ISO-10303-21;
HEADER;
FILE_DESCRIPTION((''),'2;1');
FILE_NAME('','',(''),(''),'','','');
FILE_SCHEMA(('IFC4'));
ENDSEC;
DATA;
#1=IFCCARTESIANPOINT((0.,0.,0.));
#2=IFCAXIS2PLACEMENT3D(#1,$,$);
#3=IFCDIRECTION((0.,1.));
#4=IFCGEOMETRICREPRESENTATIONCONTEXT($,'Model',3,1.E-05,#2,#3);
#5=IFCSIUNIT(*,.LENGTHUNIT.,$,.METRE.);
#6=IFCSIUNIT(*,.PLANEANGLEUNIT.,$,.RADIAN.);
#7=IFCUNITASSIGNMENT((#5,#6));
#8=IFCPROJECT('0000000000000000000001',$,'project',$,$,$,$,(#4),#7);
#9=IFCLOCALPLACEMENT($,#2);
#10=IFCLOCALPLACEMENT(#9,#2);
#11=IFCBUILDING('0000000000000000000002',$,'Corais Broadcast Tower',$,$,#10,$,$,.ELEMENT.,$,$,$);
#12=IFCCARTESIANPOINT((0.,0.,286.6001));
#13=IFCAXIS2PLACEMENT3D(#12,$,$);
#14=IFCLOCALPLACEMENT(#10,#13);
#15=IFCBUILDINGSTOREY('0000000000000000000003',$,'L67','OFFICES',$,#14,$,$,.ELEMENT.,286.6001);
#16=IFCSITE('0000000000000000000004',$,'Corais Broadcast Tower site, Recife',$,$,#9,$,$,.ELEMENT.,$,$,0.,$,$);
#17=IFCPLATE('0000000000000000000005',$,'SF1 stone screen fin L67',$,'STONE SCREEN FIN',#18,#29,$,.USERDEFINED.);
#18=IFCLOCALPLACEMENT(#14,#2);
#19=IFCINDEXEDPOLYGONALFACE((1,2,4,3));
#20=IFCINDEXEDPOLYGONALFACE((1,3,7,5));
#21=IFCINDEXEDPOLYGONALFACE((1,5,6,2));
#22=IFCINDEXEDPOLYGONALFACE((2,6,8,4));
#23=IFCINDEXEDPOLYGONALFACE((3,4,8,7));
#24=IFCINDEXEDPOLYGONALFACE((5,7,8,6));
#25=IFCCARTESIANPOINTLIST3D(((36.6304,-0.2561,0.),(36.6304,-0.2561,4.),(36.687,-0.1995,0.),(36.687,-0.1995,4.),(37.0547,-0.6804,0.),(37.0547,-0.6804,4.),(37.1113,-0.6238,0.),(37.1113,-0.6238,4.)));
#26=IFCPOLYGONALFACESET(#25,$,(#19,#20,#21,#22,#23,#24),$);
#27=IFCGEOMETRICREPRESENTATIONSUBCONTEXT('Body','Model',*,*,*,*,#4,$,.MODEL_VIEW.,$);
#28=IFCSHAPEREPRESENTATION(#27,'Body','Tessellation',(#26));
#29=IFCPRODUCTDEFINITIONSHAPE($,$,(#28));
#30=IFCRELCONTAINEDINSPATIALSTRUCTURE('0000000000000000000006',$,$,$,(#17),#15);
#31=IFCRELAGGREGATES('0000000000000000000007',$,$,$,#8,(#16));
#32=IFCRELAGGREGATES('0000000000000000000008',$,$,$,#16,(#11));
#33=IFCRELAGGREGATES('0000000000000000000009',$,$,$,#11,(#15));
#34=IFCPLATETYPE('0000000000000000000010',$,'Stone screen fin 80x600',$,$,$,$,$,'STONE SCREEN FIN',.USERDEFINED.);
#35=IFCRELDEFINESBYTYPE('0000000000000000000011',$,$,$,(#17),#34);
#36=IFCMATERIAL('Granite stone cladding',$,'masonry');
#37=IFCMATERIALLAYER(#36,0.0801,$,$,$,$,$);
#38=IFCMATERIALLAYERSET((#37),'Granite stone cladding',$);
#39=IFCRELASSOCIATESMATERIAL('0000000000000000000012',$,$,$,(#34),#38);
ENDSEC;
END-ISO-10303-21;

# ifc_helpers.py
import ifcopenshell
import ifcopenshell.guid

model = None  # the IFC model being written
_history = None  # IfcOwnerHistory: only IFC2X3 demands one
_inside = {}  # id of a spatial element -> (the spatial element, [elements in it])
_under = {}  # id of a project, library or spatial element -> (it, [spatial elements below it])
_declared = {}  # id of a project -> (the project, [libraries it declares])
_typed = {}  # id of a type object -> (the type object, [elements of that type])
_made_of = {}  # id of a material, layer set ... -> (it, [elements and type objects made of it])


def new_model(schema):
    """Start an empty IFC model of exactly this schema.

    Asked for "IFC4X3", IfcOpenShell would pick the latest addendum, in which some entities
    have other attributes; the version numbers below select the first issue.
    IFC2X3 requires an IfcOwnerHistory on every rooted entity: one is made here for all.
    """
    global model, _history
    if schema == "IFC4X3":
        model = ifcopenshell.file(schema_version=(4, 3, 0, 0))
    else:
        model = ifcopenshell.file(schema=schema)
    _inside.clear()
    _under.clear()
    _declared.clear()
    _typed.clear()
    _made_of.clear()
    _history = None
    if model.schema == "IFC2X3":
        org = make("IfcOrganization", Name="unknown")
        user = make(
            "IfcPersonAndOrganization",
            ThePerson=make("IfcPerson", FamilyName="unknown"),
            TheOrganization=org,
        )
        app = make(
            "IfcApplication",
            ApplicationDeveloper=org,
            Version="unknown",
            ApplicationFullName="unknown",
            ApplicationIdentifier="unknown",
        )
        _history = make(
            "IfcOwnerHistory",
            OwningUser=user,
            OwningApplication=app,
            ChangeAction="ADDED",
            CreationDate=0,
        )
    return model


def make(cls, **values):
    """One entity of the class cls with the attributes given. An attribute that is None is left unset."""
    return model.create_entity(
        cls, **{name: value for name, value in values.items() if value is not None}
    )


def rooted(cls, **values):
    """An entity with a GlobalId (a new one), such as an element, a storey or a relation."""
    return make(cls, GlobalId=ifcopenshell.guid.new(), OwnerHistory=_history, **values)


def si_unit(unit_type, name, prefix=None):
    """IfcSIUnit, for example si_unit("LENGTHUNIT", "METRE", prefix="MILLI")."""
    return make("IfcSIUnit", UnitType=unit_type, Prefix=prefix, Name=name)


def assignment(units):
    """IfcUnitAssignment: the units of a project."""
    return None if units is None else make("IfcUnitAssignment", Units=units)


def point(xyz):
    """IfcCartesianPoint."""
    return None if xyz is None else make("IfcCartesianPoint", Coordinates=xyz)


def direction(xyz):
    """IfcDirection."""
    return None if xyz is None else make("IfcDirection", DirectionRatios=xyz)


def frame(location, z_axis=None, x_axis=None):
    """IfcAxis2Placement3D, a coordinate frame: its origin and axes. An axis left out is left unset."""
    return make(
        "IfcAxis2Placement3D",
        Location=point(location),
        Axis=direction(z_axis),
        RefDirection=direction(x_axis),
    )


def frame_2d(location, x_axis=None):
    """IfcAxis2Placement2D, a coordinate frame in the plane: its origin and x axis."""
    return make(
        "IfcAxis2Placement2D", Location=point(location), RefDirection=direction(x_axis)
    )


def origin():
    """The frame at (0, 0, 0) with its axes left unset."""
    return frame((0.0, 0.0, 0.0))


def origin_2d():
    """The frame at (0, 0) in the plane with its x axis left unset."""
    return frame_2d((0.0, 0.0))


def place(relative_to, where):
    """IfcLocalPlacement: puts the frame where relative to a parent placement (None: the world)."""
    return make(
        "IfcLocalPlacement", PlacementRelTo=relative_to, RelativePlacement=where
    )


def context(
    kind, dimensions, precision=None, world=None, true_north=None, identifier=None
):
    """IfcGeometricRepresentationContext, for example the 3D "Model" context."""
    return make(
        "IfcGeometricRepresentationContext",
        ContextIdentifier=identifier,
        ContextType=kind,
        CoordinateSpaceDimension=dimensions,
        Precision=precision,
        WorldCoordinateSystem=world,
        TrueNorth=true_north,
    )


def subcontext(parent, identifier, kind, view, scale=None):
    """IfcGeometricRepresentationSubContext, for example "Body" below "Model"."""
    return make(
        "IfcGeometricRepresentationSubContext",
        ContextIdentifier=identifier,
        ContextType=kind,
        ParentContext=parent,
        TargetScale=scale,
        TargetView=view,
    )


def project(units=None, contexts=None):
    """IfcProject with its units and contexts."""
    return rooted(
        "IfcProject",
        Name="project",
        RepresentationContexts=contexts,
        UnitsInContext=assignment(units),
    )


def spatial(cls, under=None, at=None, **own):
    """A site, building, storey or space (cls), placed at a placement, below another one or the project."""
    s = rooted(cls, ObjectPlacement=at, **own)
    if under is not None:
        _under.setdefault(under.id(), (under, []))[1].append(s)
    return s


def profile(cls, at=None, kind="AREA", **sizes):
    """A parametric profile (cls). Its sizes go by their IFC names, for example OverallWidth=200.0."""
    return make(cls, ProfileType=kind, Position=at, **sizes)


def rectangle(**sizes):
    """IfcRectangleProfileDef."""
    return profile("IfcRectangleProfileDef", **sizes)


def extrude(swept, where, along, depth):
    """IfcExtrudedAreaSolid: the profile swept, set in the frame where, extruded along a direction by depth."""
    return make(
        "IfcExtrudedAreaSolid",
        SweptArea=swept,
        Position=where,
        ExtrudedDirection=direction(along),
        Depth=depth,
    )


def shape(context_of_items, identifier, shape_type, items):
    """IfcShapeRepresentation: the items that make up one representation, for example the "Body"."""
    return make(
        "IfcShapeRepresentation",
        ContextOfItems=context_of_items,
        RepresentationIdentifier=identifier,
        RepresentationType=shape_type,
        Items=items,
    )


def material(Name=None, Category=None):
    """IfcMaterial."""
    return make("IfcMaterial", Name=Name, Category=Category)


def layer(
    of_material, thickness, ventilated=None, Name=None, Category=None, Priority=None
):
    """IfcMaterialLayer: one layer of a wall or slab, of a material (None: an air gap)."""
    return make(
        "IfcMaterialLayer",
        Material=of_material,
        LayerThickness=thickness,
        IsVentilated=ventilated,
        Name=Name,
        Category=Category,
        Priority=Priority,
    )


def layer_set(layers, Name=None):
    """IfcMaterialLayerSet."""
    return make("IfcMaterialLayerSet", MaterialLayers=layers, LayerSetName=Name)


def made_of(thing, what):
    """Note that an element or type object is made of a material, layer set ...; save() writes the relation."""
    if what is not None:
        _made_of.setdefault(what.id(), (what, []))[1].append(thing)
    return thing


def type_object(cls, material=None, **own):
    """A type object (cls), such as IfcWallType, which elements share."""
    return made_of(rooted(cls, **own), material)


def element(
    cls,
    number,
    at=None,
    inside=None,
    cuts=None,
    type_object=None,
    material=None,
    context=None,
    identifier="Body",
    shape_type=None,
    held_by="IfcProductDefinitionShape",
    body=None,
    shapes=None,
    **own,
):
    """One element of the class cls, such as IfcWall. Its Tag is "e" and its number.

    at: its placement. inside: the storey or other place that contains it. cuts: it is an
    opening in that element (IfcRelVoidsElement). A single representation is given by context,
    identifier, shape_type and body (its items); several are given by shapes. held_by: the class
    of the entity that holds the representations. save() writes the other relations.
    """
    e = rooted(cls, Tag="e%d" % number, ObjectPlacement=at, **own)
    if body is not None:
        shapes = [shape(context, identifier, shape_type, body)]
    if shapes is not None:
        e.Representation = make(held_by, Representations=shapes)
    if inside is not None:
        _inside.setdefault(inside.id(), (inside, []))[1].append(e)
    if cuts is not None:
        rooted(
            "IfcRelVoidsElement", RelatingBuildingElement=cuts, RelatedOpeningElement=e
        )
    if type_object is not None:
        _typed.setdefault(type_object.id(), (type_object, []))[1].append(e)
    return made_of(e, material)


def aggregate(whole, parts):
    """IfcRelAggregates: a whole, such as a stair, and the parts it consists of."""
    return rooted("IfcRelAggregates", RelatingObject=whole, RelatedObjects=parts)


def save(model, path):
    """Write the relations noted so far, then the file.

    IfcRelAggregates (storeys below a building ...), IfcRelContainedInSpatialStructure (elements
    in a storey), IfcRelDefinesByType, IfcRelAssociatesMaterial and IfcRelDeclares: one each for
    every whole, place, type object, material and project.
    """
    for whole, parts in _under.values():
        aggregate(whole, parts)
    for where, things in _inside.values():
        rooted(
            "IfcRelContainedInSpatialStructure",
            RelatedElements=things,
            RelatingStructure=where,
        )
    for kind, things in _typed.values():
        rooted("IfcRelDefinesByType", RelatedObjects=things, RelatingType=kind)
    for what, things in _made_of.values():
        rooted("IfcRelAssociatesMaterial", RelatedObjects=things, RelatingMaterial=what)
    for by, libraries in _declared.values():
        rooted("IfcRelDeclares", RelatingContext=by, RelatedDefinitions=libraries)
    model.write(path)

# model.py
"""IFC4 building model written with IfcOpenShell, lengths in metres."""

from ifc_helpers import new_model, si_unit, direction, frame, origin, origin_2d, place, context, subcontext, project, spatial, rectangle, extrude, material, layer, layer_set, type_object, element, save


model = new_model("IFC4")

# Units and contexts
model_context = context("Model", 3, precision=1e-05, world=origin(), true_north=direction((0.0, 1.0)))
body_context = subcontext(model_context, "Body", "Model", "MODEL_VIEW")
ifc_project = project(units=[si_unit("LENGTHUNIT", "METRE"), si_unit("PLANEANGLEUNIT", "RADIAN")], contexts=[model_context])

# Site, building, storey
site_placement = place(None, origin())
site = spatial("IfcSite", under=ifc_project, at=site_placement, Name="Corais Broadcast Tower site, Recife", CompositionType="ELEMENT", RefElevation=0.0)
building_placement = place(site_placement, origin())
building = spatial("IfcBuilding", under=site, at=building_placement, Name="Corais Broadcast Tower", CompositionType="ELEMENT")
storey_placement = place(building_placement, frame((0.0, 0.0, 286.6001)))
storey = spatial("IfcBuildingStorey", under=building, at=storey_placement, Name="L67", Description="OFFICES", CompositionType="ELEMENT", Elevation=286.6001)

# Plate
ifc_material_1 = material(Name="Granite stone cladding", Category="masonry")
ifc_layer_1 = layer(ifc_material_1, 0.0801)
ifc_layer_set_1 = layer_set([ifc_layer_1], Name="Granite stone cladding")
plate_type_1 = type_object("IfcPlateType", Name="Stone screen fin 80x600", ElementType="STONE SCREEN FIN", PredefinedType="USERDEFINED", material=ifc_layer_set_1)
plate_1_placement = place(storey_placement, frame((36.8708, -0.4399, 0.0), z_axis=(0.0, 0.0, 1.0), x_axis=(-0.707107, -0.707107, 0.0)))
element("IfcPlate", 1, at=plate_1_placement, inside=storey, type_object=plate_type_1, Name="SF1 stone screen fin L67", ObjectType="STONE SCREEN FIN", PredefinedType="USERDEFINED", context=body_context, shape_type="SweptSolid", body=[
    extrude(rectangle(XDim=0.0801, YDim=0.6001, at=origin_2d()), origin(), (0.0, 0.0, 1.0), 4.0),
])

save(model, "model.ifc")
